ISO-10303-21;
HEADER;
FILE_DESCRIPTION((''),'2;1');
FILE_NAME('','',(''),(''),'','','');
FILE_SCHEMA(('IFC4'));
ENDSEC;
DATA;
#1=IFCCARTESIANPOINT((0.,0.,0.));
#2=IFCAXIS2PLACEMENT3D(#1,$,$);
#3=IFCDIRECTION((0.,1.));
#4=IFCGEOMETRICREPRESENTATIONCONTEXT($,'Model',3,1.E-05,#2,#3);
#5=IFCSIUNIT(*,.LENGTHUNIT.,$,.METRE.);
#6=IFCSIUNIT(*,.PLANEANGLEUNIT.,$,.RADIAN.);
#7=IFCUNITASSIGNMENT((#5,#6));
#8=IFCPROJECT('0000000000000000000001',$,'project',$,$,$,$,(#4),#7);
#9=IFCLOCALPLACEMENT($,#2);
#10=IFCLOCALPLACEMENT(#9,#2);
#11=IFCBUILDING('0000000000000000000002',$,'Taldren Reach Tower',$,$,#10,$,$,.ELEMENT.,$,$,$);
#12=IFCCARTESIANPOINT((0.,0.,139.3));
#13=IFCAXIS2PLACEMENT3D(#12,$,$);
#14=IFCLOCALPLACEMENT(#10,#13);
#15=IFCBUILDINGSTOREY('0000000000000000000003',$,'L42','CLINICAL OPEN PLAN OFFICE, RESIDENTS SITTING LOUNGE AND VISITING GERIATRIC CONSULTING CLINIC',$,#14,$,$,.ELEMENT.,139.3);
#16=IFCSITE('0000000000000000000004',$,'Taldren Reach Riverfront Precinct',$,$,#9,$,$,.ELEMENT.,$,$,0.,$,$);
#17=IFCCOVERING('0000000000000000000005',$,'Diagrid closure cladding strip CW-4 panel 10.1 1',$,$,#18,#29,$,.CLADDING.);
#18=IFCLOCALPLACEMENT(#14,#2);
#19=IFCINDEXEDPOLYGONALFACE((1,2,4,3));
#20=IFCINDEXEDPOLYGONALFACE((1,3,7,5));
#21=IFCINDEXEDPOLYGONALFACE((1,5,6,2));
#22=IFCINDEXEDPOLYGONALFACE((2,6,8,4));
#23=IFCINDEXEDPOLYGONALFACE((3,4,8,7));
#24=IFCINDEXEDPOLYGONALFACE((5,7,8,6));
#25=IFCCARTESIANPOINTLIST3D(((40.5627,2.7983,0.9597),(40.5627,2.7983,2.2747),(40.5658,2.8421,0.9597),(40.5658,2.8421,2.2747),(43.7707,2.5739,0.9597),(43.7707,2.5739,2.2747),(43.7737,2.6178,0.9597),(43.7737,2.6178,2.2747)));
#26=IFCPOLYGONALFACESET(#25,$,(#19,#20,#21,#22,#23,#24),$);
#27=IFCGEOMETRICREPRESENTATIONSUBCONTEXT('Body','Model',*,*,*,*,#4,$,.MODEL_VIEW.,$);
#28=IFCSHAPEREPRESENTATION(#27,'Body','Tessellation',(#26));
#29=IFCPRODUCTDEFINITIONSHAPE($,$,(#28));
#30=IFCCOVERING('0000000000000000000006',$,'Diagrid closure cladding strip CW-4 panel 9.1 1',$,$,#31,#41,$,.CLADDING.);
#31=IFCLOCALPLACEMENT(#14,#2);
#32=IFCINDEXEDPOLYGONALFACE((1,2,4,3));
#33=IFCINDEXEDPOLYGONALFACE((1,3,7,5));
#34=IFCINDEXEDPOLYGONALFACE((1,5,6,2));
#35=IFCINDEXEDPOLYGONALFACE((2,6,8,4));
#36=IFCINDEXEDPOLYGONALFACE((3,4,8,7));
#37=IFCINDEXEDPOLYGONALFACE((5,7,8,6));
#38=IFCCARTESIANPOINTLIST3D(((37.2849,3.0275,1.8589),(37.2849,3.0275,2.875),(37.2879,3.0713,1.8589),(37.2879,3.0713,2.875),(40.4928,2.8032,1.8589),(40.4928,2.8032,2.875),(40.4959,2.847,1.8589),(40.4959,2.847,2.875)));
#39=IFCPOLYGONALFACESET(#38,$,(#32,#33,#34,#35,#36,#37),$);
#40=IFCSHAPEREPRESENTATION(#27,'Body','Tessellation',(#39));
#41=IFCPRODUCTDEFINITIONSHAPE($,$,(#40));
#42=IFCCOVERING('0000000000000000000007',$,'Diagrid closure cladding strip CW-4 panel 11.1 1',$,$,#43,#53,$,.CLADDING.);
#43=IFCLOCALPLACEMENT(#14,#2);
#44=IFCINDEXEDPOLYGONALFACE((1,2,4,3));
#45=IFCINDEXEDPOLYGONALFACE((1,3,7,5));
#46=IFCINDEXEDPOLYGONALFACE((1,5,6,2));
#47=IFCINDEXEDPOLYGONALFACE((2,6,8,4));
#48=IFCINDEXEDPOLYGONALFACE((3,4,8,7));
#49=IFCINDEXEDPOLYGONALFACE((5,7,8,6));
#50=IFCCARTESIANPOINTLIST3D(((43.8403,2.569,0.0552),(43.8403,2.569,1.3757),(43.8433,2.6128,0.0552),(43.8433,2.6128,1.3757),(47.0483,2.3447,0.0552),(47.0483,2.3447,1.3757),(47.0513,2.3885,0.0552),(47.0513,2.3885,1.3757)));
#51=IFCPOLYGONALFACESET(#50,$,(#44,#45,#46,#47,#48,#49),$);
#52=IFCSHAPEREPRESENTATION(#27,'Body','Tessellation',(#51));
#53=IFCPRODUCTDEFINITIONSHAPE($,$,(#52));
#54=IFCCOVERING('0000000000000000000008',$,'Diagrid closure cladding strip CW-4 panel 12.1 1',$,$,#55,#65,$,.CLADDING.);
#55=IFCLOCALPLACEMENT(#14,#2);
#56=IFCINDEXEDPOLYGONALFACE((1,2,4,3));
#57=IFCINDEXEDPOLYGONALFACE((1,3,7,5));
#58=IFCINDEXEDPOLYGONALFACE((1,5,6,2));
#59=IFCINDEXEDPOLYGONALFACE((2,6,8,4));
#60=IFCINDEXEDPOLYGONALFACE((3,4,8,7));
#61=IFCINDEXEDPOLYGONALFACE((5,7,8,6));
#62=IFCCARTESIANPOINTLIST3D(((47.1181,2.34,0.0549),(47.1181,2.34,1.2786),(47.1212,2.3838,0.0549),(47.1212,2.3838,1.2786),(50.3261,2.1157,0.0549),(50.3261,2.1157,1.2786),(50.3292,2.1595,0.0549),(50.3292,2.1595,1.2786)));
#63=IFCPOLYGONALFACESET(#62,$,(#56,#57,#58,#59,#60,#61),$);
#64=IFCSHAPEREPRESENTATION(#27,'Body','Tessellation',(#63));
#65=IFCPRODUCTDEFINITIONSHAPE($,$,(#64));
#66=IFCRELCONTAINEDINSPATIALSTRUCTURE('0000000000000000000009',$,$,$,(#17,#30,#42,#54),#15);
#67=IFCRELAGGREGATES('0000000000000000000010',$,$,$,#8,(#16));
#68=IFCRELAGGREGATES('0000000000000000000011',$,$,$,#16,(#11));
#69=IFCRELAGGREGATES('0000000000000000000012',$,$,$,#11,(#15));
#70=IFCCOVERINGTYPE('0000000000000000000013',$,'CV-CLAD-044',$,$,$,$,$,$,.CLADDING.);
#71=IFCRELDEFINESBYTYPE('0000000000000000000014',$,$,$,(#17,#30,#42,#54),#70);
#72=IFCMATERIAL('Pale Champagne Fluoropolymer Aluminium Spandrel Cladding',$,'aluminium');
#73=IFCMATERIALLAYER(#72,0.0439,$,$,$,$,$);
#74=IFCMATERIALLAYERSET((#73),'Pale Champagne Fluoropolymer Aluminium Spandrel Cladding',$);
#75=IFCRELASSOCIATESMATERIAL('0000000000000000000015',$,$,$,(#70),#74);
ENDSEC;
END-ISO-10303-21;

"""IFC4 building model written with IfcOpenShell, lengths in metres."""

from ifc_helpers import new_model, si_unit, direction, frame, origin, origin_2d, place, context, subcontext, project, spatial, rectangle, extrude, source, transform, mapped, material, layer, layer_set, type_object, element, save


model = new_model("IFC4")

# Units and contexts
model_context = context("Model", 3, precision=1e-05, world=origin(), true_north=direction((0.0, 1.0)))
body_context = subcontext(model_context, "Body", "Model", "MODEL_VIEW")
ifc_project = project(units=[si_unit("LENGTHUNIT", "METRE"), si_unit("PLANEANGLEUNIT", "RADIAN")], contexts=[model_context])

# Site, building, storey
site_placement = place(None, origin())
site = spatial("IfcSite", under=ifc_project, at=site_placement, Name="Taldren Reach Riverfront Precinct", CompositionType="ELEMENT", RefElevation=0.0)
building_placement = place(site_placement, origin())
building = spatial("IfcBuilding", under=site, at=building_placement, Name="Taldren Reach Tower", CompositionType="ELEMENT")
storey_placement = place(building_placement, frame((0.0, 0.0, 139.3)))
storey = spatial("IfcBuildingStorey", under=building, at=storey_placement, Name="L42", Description="CLINICAL OPEN PLAN OFFICE, RESIDENTS SITTING LOUNGE AND VISITING GERIATRIC CONSULTING CLINIC", CompositionType="ELEMENT", Elevation=139.3)

# Coverings
ifc_material_1 = material(Name="Pale Champagne Fluoropolymer Aluminium Spandrel Cladding", Category="aluminium")
ifc_layer_1 = layer(ifc_material_1, 0.0439)
ifc_layer_set_1 = layer_set([ifc_layer_1], Name="Pale Champagne Fluoropolymer Aluminium Spandrel Cladding")
covering_type = type_object("IfcCoveringType", Name="CV-CLAD-044", PredefinedType="CLADDING", material=ifc_layer_set_1)
shared_shape_1 = source(origin(), body_context, "Body", "SweptSolid", [
    extrude(rectangle(XDim=3.2158, YDim=0.0439, at=origin_2d()), origin(), (0.0, 0.0, 1.0), 1.3149),
])
covering_1_placement = place(storey_placement, frame((42.1682, 2.708, 0.9597), z_axis=(0.0, 0.0, 1.0), x_axis=(0.997564, -0.069757, 0.0)))
element("IfcCovering", 1, at=covering_1_placement, inside=storey, type_object=covering_type, Name="Diagrid closure cladding strip CW-4 panel 10.1 1", PredefinedType="CLADDING", context=body_context, shape_type="MappedRepresentation", body=[
    mapped(shared_shape_1, transform((0.0, 0.0, 0.0), scale=1.0)),
])
shared_shape_2 = source(origin(), body_context, "Body", "SweptSolid", [
    extrude(rectangle(XDim=3.2158, YDim=0.0439, at=origin_2d()), origin(), (0.0, 0.0, 1.0), 1.0161),
])
covering_2_placement = place(storey_placement, frame((38.8904, 2.9373, 1.8589), z_axis=(0.0, 0.0, 1.0), x_axis=(0.997564, -0.069757, 0.0)))
element("IfcCovering", 2, at=covering_2_placement, inside=storey, type_object=covering_type, Name="Diagrid closure cladding strip CW-4 panel 9.1 1", PredefinedType="CLADDING", context=body_context, shape_type="MappedRepresentation", body=[
    mapped(shared_shape_2, transform((0.0, 0.0, 0.0), scale=1.0)),
])
shared_shape_3 = source(origin(), body_context, "Body", "SweptSolid", [
    extrude(rectangle(XDim=3.2158, YDim=0.0439, at=origin_2d()), origin(), (0.0, 0.0, 1.0), 1.3206),
])
covering_3_placement = place(storey_placement, frame((45.4458, 2.4788, 0.0552), z_axis=(0.0, 0.0, 1.0), x_axis=(0.997564, -0.069757, 0.0)))
element("IfcCovering", 3, at=covering_3_placement, inside=storey, type_object=covering_type, Name="Diagrid closure cladding strip CW-4 panel 11.1 1", PredefinedType="CLADDING", context=body_context, shape_type="MappedRepresentation", body=[
    mapped(shared_shape_3, transform((0.0, 0.0, 0.0), scale=1.0)),
])
shared_shape_4 = source(origin(), body_context, "Body", "SweptSolid", [
    extrude(rectangle(XDim=3.2158, YDim=0.0439, at=origin_2d()), origin(), (0.0, 0.0, 1.0), 1.2236),
])
covering_4_placement = place(storey_placement, frame((48.7236, 2.2498, 0.0549), z_axis=(0.0, 0.0, 1.0), x_axis=(0.997564, -0.069757, 0.0)))
element("IfcCovering", 4, at=covering_4_placement, inside=storey, type_object=covering_type, Name="Diagrid closure cladding strip CW-4 panel 12.1 1", PredefinedType="CLADDING", context=body_context, shape_type="MappedRepresentation", body=[
    mapped(shared_shape_4, transform((0.0, 0.0, 0.0), scale=1.0)),
])

save(model, "model.ifc")
